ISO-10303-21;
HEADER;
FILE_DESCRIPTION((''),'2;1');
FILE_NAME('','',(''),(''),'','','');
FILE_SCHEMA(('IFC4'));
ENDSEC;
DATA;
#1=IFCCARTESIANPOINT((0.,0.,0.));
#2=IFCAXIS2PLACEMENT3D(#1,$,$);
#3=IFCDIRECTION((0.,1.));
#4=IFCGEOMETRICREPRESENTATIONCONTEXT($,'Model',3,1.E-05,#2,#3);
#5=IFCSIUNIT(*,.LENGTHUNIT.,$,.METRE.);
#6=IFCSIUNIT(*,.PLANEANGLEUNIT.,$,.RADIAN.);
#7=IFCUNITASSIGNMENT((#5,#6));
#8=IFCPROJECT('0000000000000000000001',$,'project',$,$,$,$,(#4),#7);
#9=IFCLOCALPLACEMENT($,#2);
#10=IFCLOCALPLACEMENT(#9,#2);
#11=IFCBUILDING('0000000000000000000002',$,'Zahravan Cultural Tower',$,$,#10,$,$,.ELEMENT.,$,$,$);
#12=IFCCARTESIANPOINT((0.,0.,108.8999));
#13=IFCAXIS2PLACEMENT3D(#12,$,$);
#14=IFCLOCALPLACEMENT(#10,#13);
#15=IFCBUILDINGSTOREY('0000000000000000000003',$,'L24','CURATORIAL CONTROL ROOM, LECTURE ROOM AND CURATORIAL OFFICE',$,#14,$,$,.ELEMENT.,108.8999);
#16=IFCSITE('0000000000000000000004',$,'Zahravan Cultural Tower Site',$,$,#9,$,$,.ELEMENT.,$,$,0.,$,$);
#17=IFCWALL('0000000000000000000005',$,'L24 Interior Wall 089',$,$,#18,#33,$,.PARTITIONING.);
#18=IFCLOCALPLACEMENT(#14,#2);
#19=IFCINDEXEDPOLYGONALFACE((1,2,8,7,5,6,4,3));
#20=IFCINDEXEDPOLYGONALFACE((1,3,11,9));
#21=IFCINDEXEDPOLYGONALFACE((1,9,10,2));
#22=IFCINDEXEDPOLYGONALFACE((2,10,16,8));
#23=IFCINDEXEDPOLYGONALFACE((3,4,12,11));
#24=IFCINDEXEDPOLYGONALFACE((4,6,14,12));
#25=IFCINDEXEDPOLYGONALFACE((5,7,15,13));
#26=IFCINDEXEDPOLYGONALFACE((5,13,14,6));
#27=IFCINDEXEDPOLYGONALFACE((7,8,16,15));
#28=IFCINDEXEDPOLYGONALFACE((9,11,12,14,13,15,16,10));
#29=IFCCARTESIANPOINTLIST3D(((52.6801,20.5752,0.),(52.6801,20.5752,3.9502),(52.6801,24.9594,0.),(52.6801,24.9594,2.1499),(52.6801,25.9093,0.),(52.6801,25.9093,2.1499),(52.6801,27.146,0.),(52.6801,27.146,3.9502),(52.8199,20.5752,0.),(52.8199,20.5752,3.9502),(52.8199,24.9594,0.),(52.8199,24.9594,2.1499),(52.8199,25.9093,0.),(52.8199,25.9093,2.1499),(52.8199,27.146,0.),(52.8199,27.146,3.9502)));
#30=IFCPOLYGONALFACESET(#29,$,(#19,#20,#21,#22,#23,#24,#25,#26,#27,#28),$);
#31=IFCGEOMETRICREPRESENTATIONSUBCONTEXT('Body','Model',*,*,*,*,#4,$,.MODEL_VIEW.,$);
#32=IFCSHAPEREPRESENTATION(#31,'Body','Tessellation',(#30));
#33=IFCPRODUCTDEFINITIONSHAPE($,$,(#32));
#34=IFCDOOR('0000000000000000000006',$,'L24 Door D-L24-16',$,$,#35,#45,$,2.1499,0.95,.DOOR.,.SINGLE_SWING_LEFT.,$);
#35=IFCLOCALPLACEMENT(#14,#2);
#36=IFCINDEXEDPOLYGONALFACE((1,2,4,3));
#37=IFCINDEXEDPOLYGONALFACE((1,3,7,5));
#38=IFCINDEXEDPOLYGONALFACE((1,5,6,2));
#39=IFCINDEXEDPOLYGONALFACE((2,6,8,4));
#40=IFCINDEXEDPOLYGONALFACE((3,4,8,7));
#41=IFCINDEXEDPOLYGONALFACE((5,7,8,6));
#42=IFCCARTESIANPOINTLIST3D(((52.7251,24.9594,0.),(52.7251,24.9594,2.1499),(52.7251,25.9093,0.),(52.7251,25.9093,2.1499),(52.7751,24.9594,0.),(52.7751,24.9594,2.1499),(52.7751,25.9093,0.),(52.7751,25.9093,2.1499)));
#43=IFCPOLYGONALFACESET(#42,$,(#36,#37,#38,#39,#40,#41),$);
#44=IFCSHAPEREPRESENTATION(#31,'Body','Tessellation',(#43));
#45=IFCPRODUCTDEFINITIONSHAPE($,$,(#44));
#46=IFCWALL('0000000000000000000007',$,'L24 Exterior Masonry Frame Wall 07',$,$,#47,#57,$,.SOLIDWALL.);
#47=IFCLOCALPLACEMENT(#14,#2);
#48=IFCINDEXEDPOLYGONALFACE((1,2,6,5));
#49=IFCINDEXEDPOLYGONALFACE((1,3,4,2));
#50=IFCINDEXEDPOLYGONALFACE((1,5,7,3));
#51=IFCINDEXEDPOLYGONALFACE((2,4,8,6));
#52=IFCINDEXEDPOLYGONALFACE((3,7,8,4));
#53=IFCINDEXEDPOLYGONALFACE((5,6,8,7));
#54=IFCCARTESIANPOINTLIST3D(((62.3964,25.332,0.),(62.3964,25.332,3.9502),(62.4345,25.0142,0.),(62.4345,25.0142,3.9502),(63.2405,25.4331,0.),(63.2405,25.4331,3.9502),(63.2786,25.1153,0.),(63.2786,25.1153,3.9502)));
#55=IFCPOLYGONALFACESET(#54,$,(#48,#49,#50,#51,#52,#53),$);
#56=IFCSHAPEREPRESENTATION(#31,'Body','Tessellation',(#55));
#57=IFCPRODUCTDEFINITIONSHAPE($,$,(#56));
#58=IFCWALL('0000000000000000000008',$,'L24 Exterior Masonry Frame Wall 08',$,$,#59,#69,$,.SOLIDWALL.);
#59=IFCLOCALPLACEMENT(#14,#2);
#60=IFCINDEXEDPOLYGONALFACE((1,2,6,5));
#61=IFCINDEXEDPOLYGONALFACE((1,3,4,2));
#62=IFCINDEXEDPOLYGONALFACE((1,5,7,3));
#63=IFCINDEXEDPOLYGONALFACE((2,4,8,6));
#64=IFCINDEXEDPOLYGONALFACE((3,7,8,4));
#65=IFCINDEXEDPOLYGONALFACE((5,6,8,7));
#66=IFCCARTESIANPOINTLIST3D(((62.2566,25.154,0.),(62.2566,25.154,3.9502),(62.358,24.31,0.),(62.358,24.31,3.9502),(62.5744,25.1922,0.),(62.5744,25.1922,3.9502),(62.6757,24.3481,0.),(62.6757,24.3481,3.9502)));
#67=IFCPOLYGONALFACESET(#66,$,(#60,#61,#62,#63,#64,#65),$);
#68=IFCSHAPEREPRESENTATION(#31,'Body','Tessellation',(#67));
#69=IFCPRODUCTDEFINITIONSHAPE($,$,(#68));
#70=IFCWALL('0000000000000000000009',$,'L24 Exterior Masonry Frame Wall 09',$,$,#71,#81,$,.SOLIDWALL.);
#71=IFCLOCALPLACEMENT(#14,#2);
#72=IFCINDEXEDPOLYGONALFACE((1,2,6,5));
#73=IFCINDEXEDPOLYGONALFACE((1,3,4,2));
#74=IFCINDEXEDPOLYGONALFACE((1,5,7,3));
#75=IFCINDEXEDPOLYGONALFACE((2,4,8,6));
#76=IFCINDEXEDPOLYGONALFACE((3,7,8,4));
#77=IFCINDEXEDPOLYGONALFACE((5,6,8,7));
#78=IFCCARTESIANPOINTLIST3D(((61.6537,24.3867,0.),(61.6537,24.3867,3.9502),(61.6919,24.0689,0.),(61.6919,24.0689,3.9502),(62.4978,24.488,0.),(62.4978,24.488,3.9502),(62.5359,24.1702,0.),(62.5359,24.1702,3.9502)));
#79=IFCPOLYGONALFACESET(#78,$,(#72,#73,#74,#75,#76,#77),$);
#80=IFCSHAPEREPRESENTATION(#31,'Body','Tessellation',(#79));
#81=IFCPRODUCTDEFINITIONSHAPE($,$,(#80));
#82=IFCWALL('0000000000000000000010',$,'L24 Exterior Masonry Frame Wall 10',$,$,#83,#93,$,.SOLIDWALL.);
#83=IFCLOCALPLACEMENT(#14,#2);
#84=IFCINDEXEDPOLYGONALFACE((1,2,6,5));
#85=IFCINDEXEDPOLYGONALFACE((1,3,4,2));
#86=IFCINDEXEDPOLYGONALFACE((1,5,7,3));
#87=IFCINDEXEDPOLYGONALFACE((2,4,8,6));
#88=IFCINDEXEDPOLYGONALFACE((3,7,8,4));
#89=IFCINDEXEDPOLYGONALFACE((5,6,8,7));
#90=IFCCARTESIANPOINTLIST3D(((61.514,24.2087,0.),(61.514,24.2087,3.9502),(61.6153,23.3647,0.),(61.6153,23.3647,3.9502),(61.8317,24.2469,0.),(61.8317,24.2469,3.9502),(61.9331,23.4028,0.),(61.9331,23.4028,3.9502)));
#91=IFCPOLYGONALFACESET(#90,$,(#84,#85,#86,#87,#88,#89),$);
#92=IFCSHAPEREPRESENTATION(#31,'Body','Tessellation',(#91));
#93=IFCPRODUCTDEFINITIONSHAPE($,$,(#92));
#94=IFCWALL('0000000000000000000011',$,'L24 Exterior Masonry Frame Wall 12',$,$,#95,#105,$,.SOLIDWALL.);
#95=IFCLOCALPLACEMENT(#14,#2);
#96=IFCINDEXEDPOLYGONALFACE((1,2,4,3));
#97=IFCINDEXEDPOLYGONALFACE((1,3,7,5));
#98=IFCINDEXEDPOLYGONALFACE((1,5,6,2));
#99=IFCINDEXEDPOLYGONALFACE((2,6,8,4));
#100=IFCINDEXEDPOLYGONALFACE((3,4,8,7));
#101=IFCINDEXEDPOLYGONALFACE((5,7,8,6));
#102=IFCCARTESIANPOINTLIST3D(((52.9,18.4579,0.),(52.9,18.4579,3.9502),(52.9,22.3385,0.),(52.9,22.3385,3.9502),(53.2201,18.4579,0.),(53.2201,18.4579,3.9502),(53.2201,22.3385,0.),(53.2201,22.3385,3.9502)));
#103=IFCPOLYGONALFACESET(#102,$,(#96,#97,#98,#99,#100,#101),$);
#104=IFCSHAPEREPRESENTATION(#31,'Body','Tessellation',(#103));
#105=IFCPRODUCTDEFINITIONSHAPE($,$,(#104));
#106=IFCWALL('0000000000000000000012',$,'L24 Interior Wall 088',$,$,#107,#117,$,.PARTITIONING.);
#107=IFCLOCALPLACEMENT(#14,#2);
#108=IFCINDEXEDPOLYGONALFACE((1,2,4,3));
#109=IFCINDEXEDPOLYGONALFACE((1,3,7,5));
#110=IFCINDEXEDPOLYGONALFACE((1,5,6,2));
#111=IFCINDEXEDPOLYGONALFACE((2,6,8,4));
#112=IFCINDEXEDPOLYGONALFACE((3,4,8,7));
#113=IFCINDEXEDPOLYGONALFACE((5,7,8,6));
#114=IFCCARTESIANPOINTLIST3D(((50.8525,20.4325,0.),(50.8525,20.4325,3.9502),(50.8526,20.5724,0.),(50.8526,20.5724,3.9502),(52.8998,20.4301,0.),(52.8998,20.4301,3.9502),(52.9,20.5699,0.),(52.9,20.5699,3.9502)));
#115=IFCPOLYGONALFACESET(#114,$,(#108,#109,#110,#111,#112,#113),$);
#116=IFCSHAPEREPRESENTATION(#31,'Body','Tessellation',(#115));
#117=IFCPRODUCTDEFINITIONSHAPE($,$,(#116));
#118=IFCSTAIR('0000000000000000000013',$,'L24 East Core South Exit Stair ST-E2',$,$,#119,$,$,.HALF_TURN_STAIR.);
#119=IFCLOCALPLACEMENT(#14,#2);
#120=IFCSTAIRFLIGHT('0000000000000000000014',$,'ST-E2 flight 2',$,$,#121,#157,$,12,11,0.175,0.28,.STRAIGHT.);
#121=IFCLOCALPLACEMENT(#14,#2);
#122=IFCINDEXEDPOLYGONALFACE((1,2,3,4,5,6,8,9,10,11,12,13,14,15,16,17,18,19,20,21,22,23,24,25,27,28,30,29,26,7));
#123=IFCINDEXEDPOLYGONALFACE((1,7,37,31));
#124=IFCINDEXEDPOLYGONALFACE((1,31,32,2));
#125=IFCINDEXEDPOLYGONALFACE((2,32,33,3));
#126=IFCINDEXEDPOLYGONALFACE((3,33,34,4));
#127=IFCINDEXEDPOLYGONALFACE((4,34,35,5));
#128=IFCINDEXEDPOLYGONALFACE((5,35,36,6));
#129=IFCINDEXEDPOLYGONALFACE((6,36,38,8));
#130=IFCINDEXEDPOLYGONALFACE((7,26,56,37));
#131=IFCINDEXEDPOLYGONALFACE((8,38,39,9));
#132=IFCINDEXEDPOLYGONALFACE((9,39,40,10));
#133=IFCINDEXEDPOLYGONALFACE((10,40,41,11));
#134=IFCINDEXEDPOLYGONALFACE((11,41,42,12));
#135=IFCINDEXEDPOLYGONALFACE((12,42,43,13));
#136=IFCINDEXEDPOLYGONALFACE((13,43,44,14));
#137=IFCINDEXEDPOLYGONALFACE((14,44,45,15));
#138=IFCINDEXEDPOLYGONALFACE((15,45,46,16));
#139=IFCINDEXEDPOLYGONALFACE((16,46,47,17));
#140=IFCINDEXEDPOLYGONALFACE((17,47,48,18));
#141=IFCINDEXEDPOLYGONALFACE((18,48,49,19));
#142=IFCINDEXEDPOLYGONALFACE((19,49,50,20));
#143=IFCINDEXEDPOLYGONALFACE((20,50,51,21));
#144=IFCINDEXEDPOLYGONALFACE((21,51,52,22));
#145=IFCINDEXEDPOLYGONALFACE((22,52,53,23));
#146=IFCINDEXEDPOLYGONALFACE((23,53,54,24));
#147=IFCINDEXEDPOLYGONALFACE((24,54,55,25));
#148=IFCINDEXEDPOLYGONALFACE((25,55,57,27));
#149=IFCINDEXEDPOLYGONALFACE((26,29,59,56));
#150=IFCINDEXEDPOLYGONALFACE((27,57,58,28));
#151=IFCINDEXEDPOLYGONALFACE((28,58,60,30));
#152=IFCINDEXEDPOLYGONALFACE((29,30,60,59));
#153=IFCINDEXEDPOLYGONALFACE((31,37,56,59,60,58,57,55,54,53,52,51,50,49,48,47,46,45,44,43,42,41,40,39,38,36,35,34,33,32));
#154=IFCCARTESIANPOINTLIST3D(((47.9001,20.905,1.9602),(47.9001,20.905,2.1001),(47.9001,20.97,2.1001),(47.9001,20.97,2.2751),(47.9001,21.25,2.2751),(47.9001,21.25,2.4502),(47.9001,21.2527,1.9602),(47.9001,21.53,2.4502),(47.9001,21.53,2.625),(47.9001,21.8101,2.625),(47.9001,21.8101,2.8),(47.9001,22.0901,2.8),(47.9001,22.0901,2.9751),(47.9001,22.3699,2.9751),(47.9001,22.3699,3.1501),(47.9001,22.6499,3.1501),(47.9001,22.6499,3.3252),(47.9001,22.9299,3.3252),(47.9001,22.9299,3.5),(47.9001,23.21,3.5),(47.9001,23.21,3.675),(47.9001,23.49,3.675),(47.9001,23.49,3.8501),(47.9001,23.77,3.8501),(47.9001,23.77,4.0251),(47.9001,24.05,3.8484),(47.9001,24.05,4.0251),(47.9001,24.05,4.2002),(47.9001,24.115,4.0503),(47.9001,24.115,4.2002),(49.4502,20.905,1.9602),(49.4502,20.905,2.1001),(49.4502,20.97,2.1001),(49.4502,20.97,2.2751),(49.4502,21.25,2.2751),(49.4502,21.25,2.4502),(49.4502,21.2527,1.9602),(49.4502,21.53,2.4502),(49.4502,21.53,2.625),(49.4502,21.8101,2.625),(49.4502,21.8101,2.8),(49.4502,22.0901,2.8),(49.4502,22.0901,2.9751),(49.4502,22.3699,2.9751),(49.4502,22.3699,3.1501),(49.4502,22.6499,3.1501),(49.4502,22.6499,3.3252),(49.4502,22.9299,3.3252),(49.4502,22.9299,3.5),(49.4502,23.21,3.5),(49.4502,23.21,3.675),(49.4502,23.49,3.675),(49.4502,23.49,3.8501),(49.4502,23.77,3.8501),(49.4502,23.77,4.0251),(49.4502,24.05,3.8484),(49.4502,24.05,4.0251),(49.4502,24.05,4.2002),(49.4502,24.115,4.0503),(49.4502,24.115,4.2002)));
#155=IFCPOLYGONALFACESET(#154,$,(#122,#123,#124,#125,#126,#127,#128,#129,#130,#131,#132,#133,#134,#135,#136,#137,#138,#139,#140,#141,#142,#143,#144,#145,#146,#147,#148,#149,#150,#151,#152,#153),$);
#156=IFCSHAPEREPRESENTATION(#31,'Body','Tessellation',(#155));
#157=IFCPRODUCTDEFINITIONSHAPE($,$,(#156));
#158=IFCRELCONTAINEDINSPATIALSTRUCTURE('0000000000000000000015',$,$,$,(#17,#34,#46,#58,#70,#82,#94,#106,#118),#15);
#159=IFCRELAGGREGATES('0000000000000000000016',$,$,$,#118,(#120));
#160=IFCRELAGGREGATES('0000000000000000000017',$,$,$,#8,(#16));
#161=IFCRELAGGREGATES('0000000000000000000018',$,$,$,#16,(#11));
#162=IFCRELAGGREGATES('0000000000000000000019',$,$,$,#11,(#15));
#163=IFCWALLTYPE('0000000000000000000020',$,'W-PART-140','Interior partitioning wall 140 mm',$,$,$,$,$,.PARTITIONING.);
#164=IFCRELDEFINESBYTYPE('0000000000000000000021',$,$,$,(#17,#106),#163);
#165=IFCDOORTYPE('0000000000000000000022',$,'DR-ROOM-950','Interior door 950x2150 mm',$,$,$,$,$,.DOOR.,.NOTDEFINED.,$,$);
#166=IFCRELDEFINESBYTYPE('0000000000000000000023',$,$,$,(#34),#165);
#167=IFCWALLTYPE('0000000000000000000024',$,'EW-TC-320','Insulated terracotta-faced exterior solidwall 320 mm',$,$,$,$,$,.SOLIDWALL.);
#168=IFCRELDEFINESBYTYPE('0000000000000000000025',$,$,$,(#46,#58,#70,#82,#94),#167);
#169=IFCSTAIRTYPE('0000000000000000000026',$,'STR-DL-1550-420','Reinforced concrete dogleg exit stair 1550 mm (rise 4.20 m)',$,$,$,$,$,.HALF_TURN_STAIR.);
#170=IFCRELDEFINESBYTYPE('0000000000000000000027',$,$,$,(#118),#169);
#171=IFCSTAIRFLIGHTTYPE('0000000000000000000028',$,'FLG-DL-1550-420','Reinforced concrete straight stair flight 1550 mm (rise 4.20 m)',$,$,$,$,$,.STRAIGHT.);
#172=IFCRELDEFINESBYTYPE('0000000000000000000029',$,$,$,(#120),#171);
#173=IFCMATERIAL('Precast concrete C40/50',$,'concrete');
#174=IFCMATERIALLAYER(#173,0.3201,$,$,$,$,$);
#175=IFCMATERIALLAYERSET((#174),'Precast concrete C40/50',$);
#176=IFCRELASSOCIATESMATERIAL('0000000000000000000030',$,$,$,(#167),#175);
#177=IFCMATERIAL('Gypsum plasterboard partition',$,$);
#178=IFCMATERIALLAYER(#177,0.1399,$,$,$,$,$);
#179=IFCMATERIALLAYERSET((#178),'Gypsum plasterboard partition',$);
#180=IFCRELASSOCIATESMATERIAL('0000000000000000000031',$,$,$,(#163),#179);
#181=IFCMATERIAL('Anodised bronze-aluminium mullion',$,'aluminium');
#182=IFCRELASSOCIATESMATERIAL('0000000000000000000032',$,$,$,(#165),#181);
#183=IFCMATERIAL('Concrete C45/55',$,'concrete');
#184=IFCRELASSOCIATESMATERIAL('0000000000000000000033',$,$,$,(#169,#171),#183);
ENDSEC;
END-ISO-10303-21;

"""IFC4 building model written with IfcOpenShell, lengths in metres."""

from ifc_helpers import new_model, si_unit, direction, frame, frame_2d, origin, place, context, subcontext, project, spatial, polyline, rectangle, outline, extrude, source, transform, mapped, material, layer, layer_set, type_object, element, fill, aggregate, save


model = new_model("IFC4")

# Units and contexts
model_context = context("Model", 3, precision=1e-05, world=origin(), true_north=direction((0.0, 1.0)))
body_context = subcontext(model_context, "Body", "Model", "MODEL_VIEW")
ifc_project = project(units=[si_unit("LENGTHUNIT", "METRE"), si_unit("PLANEANGLEUNIT", "RADIAN")], contexts=[model_context])

# Site, building, storey
site_placement = place(None, origin())
site = spatial("IfcSite", under=ifc_project, at=site_placement, Name="Zahravan Cultural Tower Site", CompositionType="ELEMENT", RefElevation=0.0)
building_placement = place(site_placement, origin())
building = spatial("IfcBuilding", under=site, at=building_placement, Name="Zahravan Cultural Tower", CompositionType="ELEMENT")
storey_placement = place(building_placement, frame((0.0, 0.0, 108.8999)))
storey = spatial("IfcBuildingStorey", under=building, at=storey_placement, Name="L24", Description="CURATORIAL CONTROL ROOM, LECTURE ROOM AND CURATORIAL OFFICE", CompositionType="ELEMENT", Elevation=108.8999)

# Shared definitions
ifc_material_1 = material(Name="Precast concrete C40/50", Category="concrete")
ifc_layer_1 = layer(ifc_material_1, 0.3201)
ifc_layer_set_1 = layer_set([ifc_layer_1], Name="Precast concrete C40/50")
wall_type_1 = type_object("IfcWallType", Name="EW-TC-320", Description="Insulated terracotta-faced exterior solidwall 320 mm", PredefinedType="SOLIDWALL", material=ifc_layer_set_1)

# Wall, opening, door
ifc_material_2 = material(Name="Gypsum plasterboard partition")
ifc_layer_2 = layer(ifc_material_2, 0.1399)
ifc_layer_set_2 = layer_set([ifc_layer_2], Name="Gypsum plasterboard partition")
wall_type_2 = type_object("IfcWallType", Name="W-PART-140", Description="Interior partitioning wall 140 mm", PredefinedType="PARTITIONING", material=ifc_layer_set_2)
ifc_material_3 = material(Name="Anodised bronze-aluminium mullion", Category="aluminium")
door_type = type_object("IfcDoorType", Name="DR-ROOM-950", Description="Interior door 950x2150 mm", OperationType="NOTDEFINED", PredefinedType="DOOR", material=ifc_material_3)
shared_shape_1 = source(origin(), body_context, "Body", "SweptSolid", [
    extrude(rectangle(XDim=0.95, YDim=2.1499, at=frame_2d((0.4751, 1.075))), frame((0.0, 0.0249, 0.0), z_axis=(0.0, -1.0, 0.0), x_axis=(1.0, 0.0, 0.0)), (0.0, 0.0, 1.0), 0.05),
])
wall_1_placement = place(storey_placement, frame((52.75, 20.5752, 0.0), z_axis=(0.0, 0.0, 1.0), x_axis=(0.0, 1.0, 0.0)))
wall_1 = element("IfcWall", 1, at=wall_1_placement, inside=storey, type_object=wall_type_2, Name="L24 Interior Wall 089", PredefinedType="PARTITIONING", context=body_context, shape_type="SweptSolid", body=[
    extrude(rectangle(XDim=6.5708, YDim=0.1399, at=frame_2d((3.2854, 0.0))), origin(), (0.0, 0.0, 1.0), 3.9502),
])
opening_1_placement = place(wall_1_placement, frame((4.384, 0.0, 0.0)))
opening_1 = element("IfcOpeningElement", 2, at=opening_1_placement, cuts=wall_1, PredefinedType="OPENING", context=body_context, shape_type="SweptSolid", body=[
    extrude(rectangle(XDim=0.95, YDim=2.1499, at=frame_2d((0.4751, 1.075))), frame((0.0, 0.0798, 0.0), z_axis=(0.0, -1.0, 0.0), x_axis=(1.0, 0.0, 0.0)), (0.0, 0.0, 1.0), 0.1599),
])
door_1_placement = place(opening_1_placement, origin())
door_1 = element("IfcDoor", 3, at=door_1_placement, inside=storey, type_object=door_type, Name="L24 Door D-L24-16", OperationType="SINGLE_SWING_LEFT", OverallHeight=2.1499, OverallWidth=0.95, PredefinedType="DOOR", context=body_context, shape_type="MappedRepresentation", body=[
    mapped(shared_shape_1, transform((0.0, 0.0, 0.0), x_axis=(1.0, 0.0, 0.0), y_axis=(0.0, 1.0, 0.0), z_axis=(0.0, 0.0, 1.0), scale=1.0)),
])
fill(opening_1, door_1)

# Walls
shared_shape_2 = source(origin(), body_context, "Body", "SweptSolid", [
    extrude(rectangle(XDim=0.8501, YDim=0.3201, at=frame_2d((0.425, 0.0))), origin(), (0.0, 0.0, 1.0), 3.9502),
])
for number, where, z_axis, x_axis, name in (
    (4, (63.2595, 25.2742, 0.0), (0.0, 0.0, 1.0), (-0.992905, -0.118907, 0.0), "L24 Exterior Masonry Frame Wall 07"),
    (5, (62.4155, 25.1731, 0.0), (0.0, 0.0, 1.0), (0.119191, -0.992871, 0.0), "L24 Exterior Masonry Frame Wall 08"),
    (6, (62.5168, 24.3291, 0.0), (0.0, 0.0, 1.0), (-0.992871, -0.119191, 0.0), "L24 Exterior Masonry Frame Wall 09"),
    (7, (61.6729, 24.2278, 0.0), (0.0, 0.0, 1.0), (0.119191, -0.992871, 0.0), "L24 Exterior Masonry Frame Wall 10"),
):
    element("IfcWall", number, at=place(storey_placement, frame(where, z_axis=z_axis, x_axis=x_axis)), inside=storey, type_object=wall_type_1, Name=name, PredefinedType="SOLIDWALL", context=body_context, shape_type="MappedRepresentation", body=[
        mapped(shared_shape_2, transform((0.0, 0.0, 0.0), x_axis=(1.0, 0.0, 0.0), y_axis=(0.0, 1.0, 0.0), z_axis=(0.0, 0.0, 1.0), scale=1.0)),
    ])
shared_shape_3 = source(origin(), body_context, "Body", "SweptSolid", [
    extrude(rectangle(XDim=3.8806, YDim=0.3201, at=frame_2d((1.9404, 0.0))), origin(), (0.0, 0.0, 1.0), 3.9502),
])
wall_2_placement = place(storey_placement, frame((53.0601, 22.3386, 0.0), z_axis=(0.0, 0.0, 1.0), x_axis=(0.0, -1.0, 0.0)))
element("IfcWall", 8, at=wall_2_placement, inside=storey, type_object=wall_type_1, Name="L24 Exterior Masonry Frame Wall 12", PredefinedType="SOLIDWALL", context=body_context, shape_type="MappedRepresentation", body=[
    mapped(shared_shape_3, transform((0.0, 0.0, 0.0), x_axis=(1.0, 0.0, 0.0), y_axis=(0.0, 1.0, 0.0), z_axis=(0.0, 0.0, 1.0), scale=1.0)),
])
shared_shape_4 = source(origin(), body_context, "Body", "SweptSolid", [
    extrude(rectangle(XDim=2.0474, YDim=0.1399, at=frame_2d((1.0237, 0.0))), origin(), (0.0, 0.0, 1.0), 3.9502),
])
wall_3_placement = place(storey_placement, frame((50.8525, 20.5024, 0.0), z_axis=(0.0, 0.0, 1.0), x_axis=(0.999999, -0.001192, 0.0)))
element("IfcWall", 9, at=wall_3_placement, inside=storey, type_object=wall_type_2, Name="L24 Interior Wall 088", PredefinedType="PARTITIONING", context=body_context, shape_type="MappedRepresentation", body=[
    mapped(shared_shape_4, transform((0.0, 0.0, 0.0), x_axis=(1.0, 0.0, 0.0), y_axis=(0.0, 1.0, 0.0), z_axis=(0.0, 0.0, 1.0), scale=1.0)),
])

# Stair, stair flight
ifc_material_4 = material(Name="Concrete C45/55", Category="concrete")
stair_type = type_object("IfcStairType", Name="STR-DL-1550-420", Description="Reinforced concrete dogleg exit stair 1550 mm (rise 4.20 m)", PredefinedType="HALF_TURN_STAIR", material=ifc_material_4)
stair_placement = place(storey_placement, origin())
stair = element("IfcStair", 10, at=stair_placement, inside=storey, type_object=stair_type, Name="L24 East Core South Exit Stair ST-E2", PredefinedType="HALF_TURN_STAIR")
stair_flight_type = type_object("IfcStairFlightType", Name="FLG-DL-1550-420", Description="Reinforced concrete straight stair flight 1550 mm (rise 4.20 m)", PredefinedType="STRAIGHT", material=ifc_material_4)
stair_flight_placement = place(storey_placement, frame((48.675, 20.97, 2.1001), z_axis=(0.0, 0.0, 1.0), x_axis=(0.0, 1.0, 0.0)))
stair_flight = element("IfcStairFlight", 11, at=stair_flight_placement, type_object=stair_flight_type, Name="ST-E2 flight 2", NumberOfRisers=12, NumberOfTreads=11, PredefinedType="STRAIGHT", RiserHeight=0.175, TreadLength=0.28, context=body_context, shape_type="SweptSolid", body=[
    extrude(outline(polyline([(-0.0649, -0.1399), (-0.0649, 0.0), (0.0, 0.0), (0.0, 0.175), (0.28, 0.175), (0.28, 0.3501), (0.5601, 0.3501), (0.5601, 0.5249), (0.8401, 0.5249), (0.8401, 0.7), (1.1201, 0.7), (1.1201, 0.875), (1.3999, 0.875), (1.3999, 1.05), (1.6799, 1.05), (1.6799, 1.2251), (1.96, 1.2251), (1.96, 1.3999), (2.24, 1.3999), (2.24, 1.575), (2.52, 1.575), (2.52, 1.75), (2.8, 1.75), (2.8, 1.925), (3.0801, 1.925), (3.0801, 2.1001), (3.145, 2.1001), (3.145, 1.9502), (3.0801, 1.7483), (0.2827, -0.1399), (-0.0649, -0.1399)])), frame((0.0, 0.7749, 0.0), z_axis=(0.0, -1.0, 0.0), x_axis=(1.0, 0.0, 0.0)), (0.0, 0.0, 1.0), 1.55),
])
aggregate(stair, [stair_flight])

save(model, "model.ifc")
